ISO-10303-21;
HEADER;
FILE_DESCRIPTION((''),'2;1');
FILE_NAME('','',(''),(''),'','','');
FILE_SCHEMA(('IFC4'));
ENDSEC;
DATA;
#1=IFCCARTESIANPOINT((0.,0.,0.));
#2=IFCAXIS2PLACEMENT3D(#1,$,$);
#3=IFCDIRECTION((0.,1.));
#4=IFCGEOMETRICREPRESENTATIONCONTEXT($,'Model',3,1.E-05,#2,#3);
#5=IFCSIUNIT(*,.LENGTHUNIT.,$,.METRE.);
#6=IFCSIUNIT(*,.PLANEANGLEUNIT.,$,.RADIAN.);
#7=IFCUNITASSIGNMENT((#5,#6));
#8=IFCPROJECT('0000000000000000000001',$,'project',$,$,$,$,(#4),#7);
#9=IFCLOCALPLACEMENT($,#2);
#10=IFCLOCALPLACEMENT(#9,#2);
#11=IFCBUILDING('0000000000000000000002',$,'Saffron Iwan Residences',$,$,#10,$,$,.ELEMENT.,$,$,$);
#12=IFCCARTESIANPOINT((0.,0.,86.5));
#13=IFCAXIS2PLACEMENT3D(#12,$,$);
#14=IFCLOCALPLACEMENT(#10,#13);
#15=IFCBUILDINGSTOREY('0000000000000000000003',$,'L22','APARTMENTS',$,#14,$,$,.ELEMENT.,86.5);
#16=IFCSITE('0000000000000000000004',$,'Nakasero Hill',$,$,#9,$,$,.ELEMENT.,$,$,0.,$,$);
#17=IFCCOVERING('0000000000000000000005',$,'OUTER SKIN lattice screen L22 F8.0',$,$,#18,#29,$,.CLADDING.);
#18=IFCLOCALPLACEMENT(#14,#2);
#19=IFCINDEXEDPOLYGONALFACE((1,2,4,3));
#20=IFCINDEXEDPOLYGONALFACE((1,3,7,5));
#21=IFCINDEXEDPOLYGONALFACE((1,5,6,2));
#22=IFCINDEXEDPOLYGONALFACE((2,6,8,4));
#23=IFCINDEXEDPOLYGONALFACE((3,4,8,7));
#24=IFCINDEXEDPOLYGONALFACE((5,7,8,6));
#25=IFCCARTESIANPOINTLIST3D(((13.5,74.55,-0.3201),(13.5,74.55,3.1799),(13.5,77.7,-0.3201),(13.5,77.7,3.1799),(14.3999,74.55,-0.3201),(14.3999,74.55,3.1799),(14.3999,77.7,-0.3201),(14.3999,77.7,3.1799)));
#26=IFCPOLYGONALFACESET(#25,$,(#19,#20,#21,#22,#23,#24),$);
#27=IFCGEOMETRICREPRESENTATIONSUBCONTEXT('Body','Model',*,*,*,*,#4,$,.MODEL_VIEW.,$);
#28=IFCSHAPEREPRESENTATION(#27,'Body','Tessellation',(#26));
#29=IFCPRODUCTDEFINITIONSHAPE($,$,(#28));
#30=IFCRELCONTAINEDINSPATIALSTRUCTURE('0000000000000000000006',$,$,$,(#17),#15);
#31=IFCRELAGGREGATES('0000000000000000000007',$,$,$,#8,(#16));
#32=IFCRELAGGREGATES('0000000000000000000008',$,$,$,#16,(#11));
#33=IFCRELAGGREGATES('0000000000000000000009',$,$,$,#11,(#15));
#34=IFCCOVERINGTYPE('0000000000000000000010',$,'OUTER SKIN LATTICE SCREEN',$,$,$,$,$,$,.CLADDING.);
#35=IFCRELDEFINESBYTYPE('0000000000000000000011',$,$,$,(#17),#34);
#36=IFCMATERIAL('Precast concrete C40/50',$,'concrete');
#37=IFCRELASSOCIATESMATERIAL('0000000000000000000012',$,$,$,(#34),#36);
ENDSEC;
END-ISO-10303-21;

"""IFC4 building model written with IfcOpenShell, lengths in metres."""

from ifc_helpers import new_model, si_unit, direction, frame, origin, place, context, subcontext, project, spatial, polyline, outline, extrude, material, type_object, element, save


model = new_model("IFC4")

# Units and contexts
model_context = context("Model", 3, precision=1e-05, world=origin(), true_north=direction((0.0, 1.0)))
body_context = subcontext(model_context, "Body", "Model", "MODEL_VIEW")
ifc_project = project(units=[si_unit("LENGTHUNIT", "METRE"), si_unit("PLANEANGLEUNIT", "RADIAN")], contexts=[model_context])

# Site, building, storey
site_placement = place(None, origin())
site = spatial("IfcSite", under=ifc_project, at=site_placement, Name="Nakasero Hill", CompositionType="ELEMENT", RefElevation=0.0)
building_placement = place(site_placement, origin())
building = spatial("IfcBuilding", under=site, at=building_placement, Name="Saffron Iwan Residences", CompositionType="ELEMENT")
storey_placement = place(building_placement, frame((0.0, 0.0, 86.5)))
storey = spatial("IfcBuildingStorey", under=building, at=storey_placement, Name="L22", Description="APARTMENTS", CompositionType="ELEMENT", Elevation=86.5)

# Covering
ifc_material_1 = material(Name="Precast concrete C40/50", Category="concrete")
covering_type = type_object("IfcCoveringType", Name="OUTER SKIN LATTICE SCREEN", PredefinedType="CLADDING", material=ifc_material_1)
covering_1_placement = place(storey_placement, frame((14.3999, 77.7, -0.3201), z_axis=(-1.0, 0.0, 0.0), x_axis=(0.0, -1.0, 0.0)))
element("IfcCovering", 1, at=covering_1_placement, inside=storey, type_object=covering_type, Name="OUTER SKIN lattice screen L22 F8.0", PredefinedType="CLADDING", context=body_context, shape_type="SweptSolid", body=[
    extrude(outline(polyline([(0.0, 0.0), (3.1499, 0.0), (3.1499, 3.5), (0.0, 3.5), (0.0, 0.0)])), origin(), (0.0, 0.0, 1.0), 0.8999),
])

save(model, "model.ifc")
